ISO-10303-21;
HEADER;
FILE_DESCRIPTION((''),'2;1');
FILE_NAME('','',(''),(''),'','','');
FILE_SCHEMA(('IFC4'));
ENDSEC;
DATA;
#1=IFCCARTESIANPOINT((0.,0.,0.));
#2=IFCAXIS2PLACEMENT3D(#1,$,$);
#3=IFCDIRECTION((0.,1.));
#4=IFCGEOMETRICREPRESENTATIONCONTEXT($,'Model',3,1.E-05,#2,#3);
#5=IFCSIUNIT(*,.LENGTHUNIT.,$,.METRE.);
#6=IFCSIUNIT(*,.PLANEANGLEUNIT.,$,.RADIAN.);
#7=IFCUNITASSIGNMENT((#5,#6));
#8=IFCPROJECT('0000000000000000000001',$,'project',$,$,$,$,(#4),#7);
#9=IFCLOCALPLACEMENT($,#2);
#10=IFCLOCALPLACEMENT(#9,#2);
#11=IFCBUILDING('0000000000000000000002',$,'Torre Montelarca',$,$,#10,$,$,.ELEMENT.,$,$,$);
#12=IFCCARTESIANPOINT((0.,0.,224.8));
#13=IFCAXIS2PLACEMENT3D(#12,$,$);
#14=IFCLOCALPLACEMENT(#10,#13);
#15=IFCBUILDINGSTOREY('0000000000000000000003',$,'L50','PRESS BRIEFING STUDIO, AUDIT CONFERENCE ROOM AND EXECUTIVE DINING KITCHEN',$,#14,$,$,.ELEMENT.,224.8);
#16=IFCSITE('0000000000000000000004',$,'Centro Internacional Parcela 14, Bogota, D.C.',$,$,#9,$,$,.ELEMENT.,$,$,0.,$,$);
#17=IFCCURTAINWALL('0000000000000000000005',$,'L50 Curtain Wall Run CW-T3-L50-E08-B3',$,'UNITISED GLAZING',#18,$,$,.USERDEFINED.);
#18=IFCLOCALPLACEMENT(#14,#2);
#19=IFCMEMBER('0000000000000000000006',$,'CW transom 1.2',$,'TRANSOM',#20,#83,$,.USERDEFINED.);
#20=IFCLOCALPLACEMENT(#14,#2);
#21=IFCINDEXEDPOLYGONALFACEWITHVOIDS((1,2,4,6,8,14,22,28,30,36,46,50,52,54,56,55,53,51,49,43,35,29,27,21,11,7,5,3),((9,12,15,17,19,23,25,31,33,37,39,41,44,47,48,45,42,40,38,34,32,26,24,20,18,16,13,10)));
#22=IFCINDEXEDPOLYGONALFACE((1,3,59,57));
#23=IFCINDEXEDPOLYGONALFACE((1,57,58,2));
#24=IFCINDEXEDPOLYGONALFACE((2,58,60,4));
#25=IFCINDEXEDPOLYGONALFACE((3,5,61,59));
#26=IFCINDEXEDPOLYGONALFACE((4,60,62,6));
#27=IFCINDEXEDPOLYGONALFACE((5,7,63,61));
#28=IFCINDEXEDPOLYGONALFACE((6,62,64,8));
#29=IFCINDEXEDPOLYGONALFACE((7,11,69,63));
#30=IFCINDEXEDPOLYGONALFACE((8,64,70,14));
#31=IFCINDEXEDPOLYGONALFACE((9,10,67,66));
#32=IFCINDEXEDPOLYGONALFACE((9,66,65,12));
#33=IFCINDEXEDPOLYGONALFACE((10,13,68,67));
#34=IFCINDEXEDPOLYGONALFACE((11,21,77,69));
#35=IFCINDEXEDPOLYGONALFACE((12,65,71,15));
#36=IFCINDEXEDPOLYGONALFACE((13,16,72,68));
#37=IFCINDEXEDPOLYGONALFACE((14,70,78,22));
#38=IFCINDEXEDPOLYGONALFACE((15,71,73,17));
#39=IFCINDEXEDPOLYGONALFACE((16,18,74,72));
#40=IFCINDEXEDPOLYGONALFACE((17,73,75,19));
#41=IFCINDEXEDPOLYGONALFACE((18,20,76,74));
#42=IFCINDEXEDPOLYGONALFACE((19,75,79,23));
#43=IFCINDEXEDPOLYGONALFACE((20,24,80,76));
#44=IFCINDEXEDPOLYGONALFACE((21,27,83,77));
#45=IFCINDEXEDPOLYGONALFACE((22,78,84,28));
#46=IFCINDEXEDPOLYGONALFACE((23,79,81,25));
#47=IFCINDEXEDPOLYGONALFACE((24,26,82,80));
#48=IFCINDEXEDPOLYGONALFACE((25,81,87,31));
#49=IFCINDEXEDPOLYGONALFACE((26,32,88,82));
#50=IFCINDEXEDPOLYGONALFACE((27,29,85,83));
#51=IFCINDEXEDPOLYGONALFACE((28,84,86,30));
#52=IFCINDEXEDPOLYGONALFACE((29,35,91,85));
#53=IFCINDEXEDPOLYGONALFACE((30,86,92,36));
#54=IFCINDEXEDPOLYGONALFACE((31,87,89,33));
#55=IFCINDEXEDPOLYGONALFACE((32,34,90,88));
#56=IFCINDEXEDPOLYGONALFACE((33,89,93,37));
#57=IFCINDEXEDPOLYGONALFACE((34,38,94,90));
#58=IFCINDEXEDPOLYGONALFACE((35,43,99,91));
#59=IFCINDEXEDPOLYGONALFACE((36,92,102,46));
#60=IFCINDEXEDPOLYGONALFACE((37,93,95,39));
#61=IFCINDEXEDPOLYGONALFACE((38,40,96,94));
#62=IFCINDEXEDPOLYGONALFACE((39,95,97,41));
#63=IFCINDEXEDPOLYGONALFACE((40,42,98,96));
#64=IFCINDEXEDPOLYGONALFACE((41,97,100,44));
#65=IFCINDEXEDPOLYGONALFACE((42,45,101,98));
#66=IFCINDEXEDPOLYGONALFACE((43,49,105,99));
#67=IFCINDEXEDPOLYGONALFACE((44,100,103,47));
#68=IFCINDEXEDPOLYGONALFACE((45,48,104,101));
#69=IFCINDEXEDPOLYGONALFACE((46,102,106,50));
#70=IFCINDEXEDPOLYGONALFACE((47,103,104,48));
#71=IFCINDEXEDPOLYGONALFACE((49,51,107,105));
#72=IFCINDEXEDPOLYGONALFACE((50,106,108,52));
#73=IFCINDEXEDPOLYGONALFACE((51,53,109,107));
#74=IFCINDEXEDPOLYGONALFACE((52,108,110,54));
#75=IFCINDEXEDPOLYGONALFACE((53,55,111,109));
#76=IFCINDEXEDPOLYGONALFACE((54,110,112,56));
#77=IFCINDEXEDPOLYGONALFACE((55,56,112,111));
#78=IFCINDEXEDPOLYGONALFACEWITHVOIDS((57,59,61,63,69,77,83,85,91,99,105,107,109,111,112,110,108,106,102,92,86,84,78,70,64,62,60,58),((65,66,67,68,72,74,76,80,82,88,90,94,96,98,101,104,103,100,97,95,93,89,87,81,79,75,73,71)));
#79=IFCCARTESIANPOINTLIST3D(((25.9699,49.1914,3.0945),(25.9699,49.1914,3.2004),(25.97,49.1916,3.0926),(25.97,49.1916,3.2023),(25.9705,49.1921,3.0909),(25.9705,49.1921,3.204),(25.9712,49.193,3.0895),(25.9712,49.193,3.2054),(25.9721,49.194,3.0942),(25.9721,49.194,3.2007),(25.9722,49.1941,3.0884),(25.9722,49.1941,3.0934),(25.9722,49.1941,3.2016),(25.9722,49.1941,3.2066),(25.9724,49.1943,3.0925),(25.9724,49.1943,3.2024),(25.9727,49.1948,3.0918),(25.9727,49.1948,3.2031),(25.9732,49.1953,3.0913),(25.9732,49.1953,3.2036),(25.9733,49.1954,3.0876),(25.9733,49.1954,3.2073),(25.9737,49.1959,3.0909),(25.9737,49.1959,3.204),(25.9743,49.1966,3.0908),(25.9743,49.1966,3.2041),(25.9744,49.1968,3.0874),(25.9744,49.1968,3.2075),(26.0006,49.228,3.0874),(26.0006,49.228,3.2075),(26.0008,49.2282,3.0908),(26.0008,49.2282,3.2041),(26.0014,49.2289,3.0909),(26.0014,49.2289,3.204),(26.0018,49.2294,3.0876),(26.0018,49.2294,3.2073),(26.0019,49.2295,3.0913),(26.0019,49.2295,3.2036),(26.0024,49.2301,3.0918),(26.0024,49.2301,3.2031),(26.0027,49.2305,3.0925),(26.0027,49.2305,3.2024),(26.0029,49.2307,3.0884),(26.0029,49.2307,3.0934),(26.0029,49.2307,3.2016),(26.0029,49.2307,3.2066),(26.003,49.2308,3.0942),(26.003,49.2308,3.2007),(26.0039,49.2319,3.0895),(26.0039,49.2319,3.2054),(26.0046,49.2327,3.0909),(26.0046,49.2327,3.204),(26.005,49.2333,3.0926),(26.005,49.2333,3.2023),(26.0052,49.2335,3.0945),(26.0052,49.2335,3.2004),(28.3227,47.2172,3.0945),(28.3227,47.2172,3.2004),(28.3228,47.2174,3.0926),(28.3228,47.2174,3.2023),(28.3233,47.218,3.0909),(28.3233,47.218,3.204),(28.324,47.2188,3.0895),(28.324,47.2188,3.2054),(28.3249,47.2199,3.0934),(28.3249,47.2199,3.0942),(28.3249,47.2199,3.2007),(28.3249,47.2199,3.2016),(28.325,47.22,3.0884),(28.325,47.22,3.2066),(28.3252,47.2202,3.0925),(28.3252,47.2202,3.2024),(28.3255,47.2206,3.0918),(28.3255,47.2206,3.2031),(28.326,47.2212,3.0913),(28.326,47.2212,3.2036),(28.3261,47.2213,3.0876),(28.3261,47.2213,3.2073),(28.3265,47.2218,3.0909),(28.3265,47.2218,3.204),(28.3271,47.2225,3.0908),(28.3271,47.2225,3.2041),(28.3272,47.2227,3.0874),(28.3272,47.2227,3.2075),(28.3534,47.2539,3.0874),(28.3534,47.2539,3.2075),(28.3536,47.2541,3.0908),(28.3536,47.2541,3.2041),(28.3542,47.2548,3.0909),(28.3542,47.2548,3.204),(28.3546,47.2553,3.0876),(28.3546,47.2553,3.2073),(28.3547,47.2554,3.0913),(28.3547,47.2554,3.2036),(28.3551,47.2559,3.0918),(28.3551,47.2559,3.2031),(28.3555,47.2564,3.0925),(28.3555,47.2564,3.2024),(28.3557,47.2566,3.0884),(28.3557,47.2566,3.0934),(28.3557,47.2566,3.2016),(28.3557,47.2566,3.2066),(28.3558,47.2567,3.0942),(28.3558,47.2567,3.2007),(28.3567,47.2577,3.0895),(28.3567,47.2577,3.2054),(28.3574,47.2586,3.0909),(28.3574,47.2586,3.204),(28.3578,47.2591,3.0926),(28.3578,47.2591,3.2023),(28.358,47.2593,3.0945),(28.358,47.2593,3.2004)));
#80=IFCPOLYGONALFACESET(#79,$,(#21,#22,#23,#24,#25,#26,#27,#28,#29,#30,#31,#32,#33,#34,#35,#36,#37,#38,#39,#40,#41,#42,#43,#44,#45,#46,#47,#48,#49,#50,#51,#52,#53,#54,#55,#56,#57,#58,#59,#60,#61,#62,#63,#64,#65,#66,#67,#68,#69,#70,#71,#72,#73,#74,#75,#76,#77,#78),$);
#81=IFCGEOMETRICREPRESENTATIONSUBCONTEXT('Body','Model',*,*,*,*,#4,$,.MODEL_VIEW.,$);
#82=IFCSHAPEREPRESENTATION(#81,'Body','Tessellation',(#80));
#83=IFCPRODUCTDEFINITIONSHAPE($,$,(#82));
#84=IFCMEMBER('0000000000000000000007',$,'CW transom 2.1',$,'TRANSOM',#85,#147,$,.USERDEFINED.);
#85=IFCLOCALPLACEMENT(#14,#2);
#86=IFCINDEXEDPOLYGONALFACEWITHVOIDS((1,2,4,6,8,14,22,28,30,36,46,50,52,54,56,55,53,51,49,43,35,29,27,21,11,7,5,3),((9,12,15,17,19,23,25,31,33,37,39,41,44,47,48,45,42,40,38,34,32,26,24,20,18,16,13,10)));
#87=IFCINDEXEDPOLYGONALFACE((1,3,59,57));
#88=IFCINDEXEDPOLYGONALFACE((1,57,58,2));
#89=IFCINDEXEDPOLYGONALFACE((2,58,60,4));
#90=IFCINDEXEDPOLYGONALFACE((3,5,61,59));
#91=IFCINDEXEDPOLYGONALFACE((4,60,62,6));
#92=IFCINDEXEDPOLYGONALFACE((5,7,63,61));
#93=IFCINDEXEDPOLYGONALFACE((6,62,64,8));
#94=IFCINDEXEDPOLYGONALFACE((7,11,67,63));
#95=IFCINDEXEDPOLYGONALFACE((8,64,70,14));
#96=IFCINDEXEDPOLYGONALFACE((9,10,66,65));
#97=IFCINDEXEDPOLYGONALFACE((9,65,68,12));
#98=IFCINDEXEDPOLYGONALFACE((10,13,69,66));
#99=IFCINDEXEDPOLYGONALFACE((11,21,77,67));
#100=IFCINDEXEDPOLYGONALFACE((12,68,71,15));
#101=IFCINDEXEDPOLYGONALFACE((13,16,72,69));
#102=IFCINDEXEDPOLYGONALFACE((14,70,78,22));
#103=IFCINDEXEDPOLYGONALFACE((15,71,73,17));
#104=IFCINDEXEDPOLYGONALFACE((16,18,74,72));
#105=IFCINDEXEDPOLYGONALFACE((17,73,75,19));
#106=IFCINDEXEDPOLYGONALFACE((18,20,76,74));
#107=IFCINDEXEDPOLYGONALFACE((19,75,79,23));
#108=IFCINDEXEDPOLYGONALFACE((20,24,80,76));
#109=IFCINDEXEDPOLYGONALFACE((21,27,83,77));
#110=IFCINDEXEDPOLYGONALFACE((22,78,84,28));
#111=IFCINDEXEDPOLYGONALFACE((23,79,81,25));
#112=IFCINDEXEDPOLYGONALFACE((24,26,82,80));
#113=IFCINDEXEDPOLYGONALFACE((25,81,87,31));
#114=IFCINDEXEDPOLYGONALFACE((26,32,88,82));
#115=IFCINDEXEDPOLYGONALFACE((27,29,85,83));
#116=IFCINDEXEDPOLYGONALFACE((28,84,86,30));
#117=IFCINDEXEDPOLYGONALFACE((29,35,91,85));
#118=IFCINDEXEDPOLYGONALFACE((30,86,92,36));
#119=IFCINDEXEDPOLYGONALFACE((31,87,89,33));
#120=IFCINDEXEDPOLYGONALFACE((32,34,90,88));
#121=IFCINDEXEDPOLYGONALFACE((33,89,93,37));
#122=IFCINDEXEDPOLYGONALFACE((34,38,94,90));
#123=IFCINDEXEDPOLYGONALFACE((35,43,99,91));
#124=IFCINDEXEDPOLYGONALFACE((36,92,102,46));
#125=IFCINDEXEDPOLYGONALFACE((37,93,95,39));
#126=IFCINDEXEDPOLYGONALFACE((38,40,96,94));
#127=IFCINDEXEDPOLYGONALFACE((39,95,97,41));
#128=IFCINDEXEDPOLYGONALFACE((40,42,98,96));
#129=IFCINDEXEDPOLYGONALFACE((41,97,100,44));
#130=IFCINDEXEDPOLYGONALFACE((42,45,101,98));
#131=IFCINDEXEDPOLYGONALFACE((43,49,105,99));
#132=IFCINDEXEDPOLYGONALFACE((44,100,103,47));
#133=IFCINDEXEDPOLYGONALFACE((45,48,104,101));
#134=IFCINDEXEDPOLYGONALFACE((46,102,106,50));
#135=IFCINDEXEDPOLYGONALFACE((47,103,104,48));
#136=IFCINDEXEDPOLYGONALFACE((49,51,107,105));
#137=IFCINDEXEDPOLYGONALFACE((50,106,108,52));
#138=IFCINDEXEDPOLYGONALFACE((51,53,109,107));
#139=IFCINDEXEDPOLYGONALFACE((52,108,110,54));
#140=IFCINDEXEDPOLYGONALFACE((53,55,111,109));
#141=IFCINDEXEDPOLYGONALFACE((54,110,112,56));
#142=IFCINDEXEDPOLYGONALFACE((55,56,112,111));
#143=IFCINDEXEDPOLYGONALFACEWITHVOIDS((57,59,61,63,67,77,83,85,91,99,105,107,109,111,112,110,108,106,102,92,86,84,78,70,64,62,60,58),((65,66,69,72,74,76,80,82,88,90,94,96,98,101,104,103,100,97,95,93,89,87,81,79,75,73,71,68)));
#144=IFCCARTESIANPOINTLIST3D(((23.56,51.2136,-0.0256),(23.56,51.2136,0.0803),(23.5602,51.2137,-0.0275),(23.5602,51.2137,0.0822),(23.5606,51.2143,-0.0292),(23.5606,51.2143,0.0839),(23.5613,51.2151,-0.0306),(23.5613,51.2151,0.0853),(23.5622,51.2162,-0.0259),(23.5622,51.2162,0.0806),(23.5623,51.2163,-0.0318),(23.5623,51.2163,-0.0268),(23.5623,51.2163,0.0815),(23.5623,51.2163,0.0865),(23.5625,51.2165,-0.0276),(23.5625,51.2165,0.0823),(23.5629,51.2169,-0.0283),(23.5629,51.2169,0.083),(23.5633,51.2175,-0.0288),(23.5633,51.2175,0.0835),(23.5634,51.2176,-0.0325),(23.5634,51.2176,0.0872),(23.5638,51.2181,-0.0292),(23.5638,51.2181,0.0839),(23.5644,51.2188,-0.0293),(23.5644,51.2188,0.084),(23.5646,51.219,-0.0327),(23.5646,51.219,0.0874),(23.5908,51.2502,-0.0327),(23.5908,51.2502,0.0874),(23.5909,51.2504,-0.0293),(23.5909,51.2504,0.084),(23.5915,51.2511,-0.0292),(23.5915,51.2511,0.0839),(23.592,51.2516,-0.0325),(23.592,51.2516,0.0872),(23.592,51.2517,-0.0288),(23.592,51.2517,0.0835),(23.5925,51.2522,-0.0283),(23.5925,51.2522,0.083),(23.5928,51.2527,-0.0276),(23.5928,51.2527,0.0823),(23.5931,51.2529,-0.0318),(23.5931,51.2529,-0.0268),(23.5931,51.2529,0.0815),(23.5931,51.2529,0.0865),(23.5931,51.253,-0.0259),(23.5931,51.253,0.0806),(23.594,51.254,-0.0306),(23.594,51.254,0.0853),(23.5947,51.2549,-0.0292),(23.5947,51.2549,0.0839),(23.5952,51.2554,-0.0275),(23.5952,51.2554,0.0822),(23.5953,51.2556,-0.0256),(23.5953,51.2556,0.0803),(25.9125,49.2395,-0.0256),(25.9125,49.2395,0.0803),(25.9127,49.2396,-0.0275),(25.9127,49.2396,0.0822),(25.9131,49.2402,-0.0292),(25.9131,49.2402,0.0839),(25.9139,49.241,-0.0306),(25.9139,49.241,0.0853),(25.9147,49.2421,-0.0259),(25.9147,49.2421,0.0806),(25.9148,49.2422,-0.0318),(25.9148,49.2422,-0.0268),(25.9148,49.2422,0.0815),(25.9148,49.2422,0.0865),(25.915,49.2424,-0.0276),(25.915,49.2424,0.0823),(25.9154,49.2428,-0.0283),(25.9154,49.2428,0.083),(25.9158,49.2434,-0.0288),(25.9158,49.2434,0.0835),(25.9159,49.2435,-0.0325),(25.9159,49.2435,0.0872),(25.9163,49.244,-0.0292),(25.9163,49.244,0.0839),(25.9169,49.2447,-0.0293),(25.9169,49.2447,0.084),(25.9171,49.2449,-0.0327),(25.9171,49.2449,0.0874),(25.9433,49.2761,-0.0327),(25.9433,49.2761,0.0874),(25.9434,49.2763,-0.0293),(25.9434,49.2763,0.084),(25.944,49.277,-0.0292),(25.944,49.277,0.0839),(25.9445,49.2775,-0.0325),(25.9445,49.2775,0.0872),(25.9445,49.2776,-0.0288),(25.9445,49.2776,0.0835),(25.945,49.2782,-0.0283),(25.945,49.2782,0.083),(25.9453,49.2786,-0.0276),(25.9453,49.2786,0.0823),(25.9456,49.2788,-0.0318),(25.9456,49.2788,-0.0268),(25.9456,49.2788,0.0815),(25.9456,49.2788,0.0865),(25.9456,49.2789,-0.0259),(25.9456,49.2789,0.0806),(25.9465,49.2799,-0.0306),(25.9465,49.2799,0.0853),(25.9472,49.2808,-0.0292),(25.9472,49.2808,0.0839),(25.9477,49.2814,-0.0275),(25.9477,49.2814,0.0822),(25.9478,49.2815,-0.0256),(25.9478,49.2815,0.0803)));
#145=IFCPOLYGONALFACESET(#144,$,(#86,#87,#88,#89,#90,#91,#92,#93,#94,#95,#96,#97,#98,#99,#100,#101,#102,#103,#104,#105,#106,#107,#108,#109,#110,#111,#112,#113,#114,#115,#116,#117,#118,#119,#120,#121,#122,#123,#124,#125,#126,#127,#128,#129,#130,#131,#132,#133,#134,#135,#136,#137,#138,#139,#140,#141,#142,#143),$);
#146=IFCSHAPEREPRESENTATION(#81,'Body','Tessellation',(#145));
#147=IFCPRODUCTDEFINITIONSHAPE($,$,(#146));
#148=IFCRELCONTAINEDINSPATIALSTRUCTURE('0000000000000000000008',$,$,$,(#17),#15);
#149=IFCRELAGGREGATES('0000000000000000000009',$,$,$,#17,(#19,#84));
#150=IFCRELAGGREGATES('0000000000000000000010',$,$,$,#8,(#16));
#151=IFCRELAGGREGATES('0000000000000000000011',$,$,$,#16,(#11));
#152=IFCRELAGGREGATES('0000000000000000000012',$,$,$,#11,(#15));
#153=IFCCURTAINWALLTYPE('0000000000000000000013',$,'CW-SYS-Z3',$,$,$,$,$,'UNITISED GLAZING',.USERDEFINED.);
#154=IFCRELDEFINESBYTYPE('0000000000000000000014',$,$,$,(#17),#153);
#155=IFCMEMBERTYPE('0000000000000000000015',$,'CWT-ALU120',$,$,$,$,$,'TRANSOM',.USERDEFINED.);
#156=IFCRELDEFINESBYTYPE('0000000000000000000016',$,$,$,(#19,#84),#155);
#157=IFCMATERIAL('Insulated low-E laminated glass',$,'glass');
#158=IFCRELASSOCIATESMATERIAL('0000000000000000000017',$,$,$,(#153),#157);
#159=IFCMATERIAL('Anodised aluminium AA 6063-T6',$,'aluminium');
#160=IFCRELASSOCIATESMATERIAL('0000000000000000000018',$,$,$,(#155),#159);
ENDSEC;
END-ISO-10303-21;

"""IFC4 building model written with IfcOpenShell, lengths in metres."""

from ifc_helpers import new_model, si_unit, direction, frame, origin, origin_2d, place, context, subcontext, project, spatial, hollow_rectangle, extrude, source, transform, mapped, material, material_profile, profile_set, type_object, element, aggregate, save


model = new_model("IFC4")

# Units and contexts
model_context = context("Model", 3, precision=1e-05, world=origin(), true_north=direction((0.0, 1.0)))
body_context = subcontext(model_context, "Body", "Model", "MODEL_VIEW")
ifc_project = project(units=[si_unit("LENGTHUNIT", "METRE"), si_unit("PLANEANGLEUNIT", "RADIAN")], contexts=[model_context])

# Site, building, storey
site_placement = place(None, origin())
site = spatial("IfcSite", under=ifc_project, at=site_placement, Name="Centro Internacional Parcela 14, Bogota, D.C.", CompositionType="ELEMENT", RefElevation=0.0)
building_placement = place(site_placement, origin())
building = spatial("IfcBuilding", under=site, at=building_placement, Name="Torre Montelarca", CompositionType="ELEMENT")
storey_placement = place(building_placement, frame((0.0, 0.0, 224.8)))
storey = spatial("IfcBuildingStorey", under=building, at=storey_placement, Name="L50", Description="PRESS BRIEFING STUDIO, AUDIT CONFERENCE ROOM AND EXECUTIVE DINING KITCHEN", CompositionType="ELEMENT", Elevation=224.8)

# Curtain wall, members
ifc_material_1 = material(Name="Insulated low-E laminated glass", Category="glass")
curtain_wall_type = type_object("IfcCurtainWallType", Name="CW-SYS-Z3", ElementType="UNITISED GLAZING", PredefinedType="USERDEFINED", material=ifc_material_1)
curtain_wall_placement = place(storey_placement, origin())
curtain_wall = element("IfcCurtainWall", 1, at=curtain_wall_placement, inside=storey, type_object=curtain_wall_type, Name="L50 Curtain Wall Run CW-T3-L50-E08-B3", ObjectType="UNITISED GLAZING", PredefinedType="USERDEFINED")
ifc_material_2 = material(Name="Anodised aluminium AA 6063-T6", Category="aluminium")
ifc_material_profile_1 = material_profile(ifc_material_2, hollow_rectangle(XDim=0.0549, YDim=0.1201, WallThickness=0.0034, InnerFilletRadius=0.0034, OuterFilletRadius=0.0071, at=origin_2d()), Name="ALU55X120X3.5", Category="aluminium")
ifc_profile_set_1 = profile_set([ifc_material_profile_1], Name="Anodised aluminium AA 6063-T6")
member_type_1 = type_object("IfcMemberType", Name="CWT-ALU120", ElementType="TRANSOM", PredefinedType="USERDEFINED", material=ifc_profile_set_1)
shared_shape_1 = source(origin(), body_context, "Body", "SweptSolid", [
    extrude(hollow_rectangle(XDim=0.0549, YDim=0.1201, WallThickness=0.0034, InnerFilletRadius=0.0034, OuterFilletRadius=0.0071, at=origin_2d()), origin(), (0.0, 0.0, 1.0), 3.0713),
])
member_1_placement = place(storey_placement, frame((28.3403, 47.2383, 3.1475), z_axis=(-0.76606, 0.642769, 0.0), x_axis=(-0.642769, -0.76606, 0.0)))
member_1 = element("IfcMember", 2, at=member_1_placement, type_object=member_type_1, Name="CW transom 1.2", ObjectType="TRANSOM", PredefinedType="USERDEFINED", context=body_context, shape_type="MappedRepresentation", body=[
    mapped(shared_shape_1, transform((0.0, 0.0, 0.0), scale=1.0)),
])
shared_shape_2 = source(origin(), body_context, "Body", "SweptSolid", [
    extrude(hollow_rectangle(XDim=0.0549, YDim=0.1201, WallThickness=0.0034, InnerFilletRadius=0.0034, OuterFilletRadius=0.0071, at=origin_2d()), origin(), (0.0, 0.0, 1.0), 3.071),
])
member_2_placement = place(storey_placement, frame((25.9302, 49.2605, 0.0273), z_axis=(-0.766027, 0.642808, 0.0), x_axis=(-0.642808, -0.766027, 0.0)))
member_2 = element("IfcMember", 3, at=member_2_placement, type_object=member_type_1, Name="CW transom 2.1", ObjectType="TRANSOM", PredefinedType="USERDEFINED", context=body_context, shape_type="MappedRepresentation", body=[
    mapped(shared_shape_2, transform((0.0, 0.0, 0.0), scale=1.0)),
])
aggregate(curtain_wall, [member_1, member_2])

save(model, "model.ifc")
